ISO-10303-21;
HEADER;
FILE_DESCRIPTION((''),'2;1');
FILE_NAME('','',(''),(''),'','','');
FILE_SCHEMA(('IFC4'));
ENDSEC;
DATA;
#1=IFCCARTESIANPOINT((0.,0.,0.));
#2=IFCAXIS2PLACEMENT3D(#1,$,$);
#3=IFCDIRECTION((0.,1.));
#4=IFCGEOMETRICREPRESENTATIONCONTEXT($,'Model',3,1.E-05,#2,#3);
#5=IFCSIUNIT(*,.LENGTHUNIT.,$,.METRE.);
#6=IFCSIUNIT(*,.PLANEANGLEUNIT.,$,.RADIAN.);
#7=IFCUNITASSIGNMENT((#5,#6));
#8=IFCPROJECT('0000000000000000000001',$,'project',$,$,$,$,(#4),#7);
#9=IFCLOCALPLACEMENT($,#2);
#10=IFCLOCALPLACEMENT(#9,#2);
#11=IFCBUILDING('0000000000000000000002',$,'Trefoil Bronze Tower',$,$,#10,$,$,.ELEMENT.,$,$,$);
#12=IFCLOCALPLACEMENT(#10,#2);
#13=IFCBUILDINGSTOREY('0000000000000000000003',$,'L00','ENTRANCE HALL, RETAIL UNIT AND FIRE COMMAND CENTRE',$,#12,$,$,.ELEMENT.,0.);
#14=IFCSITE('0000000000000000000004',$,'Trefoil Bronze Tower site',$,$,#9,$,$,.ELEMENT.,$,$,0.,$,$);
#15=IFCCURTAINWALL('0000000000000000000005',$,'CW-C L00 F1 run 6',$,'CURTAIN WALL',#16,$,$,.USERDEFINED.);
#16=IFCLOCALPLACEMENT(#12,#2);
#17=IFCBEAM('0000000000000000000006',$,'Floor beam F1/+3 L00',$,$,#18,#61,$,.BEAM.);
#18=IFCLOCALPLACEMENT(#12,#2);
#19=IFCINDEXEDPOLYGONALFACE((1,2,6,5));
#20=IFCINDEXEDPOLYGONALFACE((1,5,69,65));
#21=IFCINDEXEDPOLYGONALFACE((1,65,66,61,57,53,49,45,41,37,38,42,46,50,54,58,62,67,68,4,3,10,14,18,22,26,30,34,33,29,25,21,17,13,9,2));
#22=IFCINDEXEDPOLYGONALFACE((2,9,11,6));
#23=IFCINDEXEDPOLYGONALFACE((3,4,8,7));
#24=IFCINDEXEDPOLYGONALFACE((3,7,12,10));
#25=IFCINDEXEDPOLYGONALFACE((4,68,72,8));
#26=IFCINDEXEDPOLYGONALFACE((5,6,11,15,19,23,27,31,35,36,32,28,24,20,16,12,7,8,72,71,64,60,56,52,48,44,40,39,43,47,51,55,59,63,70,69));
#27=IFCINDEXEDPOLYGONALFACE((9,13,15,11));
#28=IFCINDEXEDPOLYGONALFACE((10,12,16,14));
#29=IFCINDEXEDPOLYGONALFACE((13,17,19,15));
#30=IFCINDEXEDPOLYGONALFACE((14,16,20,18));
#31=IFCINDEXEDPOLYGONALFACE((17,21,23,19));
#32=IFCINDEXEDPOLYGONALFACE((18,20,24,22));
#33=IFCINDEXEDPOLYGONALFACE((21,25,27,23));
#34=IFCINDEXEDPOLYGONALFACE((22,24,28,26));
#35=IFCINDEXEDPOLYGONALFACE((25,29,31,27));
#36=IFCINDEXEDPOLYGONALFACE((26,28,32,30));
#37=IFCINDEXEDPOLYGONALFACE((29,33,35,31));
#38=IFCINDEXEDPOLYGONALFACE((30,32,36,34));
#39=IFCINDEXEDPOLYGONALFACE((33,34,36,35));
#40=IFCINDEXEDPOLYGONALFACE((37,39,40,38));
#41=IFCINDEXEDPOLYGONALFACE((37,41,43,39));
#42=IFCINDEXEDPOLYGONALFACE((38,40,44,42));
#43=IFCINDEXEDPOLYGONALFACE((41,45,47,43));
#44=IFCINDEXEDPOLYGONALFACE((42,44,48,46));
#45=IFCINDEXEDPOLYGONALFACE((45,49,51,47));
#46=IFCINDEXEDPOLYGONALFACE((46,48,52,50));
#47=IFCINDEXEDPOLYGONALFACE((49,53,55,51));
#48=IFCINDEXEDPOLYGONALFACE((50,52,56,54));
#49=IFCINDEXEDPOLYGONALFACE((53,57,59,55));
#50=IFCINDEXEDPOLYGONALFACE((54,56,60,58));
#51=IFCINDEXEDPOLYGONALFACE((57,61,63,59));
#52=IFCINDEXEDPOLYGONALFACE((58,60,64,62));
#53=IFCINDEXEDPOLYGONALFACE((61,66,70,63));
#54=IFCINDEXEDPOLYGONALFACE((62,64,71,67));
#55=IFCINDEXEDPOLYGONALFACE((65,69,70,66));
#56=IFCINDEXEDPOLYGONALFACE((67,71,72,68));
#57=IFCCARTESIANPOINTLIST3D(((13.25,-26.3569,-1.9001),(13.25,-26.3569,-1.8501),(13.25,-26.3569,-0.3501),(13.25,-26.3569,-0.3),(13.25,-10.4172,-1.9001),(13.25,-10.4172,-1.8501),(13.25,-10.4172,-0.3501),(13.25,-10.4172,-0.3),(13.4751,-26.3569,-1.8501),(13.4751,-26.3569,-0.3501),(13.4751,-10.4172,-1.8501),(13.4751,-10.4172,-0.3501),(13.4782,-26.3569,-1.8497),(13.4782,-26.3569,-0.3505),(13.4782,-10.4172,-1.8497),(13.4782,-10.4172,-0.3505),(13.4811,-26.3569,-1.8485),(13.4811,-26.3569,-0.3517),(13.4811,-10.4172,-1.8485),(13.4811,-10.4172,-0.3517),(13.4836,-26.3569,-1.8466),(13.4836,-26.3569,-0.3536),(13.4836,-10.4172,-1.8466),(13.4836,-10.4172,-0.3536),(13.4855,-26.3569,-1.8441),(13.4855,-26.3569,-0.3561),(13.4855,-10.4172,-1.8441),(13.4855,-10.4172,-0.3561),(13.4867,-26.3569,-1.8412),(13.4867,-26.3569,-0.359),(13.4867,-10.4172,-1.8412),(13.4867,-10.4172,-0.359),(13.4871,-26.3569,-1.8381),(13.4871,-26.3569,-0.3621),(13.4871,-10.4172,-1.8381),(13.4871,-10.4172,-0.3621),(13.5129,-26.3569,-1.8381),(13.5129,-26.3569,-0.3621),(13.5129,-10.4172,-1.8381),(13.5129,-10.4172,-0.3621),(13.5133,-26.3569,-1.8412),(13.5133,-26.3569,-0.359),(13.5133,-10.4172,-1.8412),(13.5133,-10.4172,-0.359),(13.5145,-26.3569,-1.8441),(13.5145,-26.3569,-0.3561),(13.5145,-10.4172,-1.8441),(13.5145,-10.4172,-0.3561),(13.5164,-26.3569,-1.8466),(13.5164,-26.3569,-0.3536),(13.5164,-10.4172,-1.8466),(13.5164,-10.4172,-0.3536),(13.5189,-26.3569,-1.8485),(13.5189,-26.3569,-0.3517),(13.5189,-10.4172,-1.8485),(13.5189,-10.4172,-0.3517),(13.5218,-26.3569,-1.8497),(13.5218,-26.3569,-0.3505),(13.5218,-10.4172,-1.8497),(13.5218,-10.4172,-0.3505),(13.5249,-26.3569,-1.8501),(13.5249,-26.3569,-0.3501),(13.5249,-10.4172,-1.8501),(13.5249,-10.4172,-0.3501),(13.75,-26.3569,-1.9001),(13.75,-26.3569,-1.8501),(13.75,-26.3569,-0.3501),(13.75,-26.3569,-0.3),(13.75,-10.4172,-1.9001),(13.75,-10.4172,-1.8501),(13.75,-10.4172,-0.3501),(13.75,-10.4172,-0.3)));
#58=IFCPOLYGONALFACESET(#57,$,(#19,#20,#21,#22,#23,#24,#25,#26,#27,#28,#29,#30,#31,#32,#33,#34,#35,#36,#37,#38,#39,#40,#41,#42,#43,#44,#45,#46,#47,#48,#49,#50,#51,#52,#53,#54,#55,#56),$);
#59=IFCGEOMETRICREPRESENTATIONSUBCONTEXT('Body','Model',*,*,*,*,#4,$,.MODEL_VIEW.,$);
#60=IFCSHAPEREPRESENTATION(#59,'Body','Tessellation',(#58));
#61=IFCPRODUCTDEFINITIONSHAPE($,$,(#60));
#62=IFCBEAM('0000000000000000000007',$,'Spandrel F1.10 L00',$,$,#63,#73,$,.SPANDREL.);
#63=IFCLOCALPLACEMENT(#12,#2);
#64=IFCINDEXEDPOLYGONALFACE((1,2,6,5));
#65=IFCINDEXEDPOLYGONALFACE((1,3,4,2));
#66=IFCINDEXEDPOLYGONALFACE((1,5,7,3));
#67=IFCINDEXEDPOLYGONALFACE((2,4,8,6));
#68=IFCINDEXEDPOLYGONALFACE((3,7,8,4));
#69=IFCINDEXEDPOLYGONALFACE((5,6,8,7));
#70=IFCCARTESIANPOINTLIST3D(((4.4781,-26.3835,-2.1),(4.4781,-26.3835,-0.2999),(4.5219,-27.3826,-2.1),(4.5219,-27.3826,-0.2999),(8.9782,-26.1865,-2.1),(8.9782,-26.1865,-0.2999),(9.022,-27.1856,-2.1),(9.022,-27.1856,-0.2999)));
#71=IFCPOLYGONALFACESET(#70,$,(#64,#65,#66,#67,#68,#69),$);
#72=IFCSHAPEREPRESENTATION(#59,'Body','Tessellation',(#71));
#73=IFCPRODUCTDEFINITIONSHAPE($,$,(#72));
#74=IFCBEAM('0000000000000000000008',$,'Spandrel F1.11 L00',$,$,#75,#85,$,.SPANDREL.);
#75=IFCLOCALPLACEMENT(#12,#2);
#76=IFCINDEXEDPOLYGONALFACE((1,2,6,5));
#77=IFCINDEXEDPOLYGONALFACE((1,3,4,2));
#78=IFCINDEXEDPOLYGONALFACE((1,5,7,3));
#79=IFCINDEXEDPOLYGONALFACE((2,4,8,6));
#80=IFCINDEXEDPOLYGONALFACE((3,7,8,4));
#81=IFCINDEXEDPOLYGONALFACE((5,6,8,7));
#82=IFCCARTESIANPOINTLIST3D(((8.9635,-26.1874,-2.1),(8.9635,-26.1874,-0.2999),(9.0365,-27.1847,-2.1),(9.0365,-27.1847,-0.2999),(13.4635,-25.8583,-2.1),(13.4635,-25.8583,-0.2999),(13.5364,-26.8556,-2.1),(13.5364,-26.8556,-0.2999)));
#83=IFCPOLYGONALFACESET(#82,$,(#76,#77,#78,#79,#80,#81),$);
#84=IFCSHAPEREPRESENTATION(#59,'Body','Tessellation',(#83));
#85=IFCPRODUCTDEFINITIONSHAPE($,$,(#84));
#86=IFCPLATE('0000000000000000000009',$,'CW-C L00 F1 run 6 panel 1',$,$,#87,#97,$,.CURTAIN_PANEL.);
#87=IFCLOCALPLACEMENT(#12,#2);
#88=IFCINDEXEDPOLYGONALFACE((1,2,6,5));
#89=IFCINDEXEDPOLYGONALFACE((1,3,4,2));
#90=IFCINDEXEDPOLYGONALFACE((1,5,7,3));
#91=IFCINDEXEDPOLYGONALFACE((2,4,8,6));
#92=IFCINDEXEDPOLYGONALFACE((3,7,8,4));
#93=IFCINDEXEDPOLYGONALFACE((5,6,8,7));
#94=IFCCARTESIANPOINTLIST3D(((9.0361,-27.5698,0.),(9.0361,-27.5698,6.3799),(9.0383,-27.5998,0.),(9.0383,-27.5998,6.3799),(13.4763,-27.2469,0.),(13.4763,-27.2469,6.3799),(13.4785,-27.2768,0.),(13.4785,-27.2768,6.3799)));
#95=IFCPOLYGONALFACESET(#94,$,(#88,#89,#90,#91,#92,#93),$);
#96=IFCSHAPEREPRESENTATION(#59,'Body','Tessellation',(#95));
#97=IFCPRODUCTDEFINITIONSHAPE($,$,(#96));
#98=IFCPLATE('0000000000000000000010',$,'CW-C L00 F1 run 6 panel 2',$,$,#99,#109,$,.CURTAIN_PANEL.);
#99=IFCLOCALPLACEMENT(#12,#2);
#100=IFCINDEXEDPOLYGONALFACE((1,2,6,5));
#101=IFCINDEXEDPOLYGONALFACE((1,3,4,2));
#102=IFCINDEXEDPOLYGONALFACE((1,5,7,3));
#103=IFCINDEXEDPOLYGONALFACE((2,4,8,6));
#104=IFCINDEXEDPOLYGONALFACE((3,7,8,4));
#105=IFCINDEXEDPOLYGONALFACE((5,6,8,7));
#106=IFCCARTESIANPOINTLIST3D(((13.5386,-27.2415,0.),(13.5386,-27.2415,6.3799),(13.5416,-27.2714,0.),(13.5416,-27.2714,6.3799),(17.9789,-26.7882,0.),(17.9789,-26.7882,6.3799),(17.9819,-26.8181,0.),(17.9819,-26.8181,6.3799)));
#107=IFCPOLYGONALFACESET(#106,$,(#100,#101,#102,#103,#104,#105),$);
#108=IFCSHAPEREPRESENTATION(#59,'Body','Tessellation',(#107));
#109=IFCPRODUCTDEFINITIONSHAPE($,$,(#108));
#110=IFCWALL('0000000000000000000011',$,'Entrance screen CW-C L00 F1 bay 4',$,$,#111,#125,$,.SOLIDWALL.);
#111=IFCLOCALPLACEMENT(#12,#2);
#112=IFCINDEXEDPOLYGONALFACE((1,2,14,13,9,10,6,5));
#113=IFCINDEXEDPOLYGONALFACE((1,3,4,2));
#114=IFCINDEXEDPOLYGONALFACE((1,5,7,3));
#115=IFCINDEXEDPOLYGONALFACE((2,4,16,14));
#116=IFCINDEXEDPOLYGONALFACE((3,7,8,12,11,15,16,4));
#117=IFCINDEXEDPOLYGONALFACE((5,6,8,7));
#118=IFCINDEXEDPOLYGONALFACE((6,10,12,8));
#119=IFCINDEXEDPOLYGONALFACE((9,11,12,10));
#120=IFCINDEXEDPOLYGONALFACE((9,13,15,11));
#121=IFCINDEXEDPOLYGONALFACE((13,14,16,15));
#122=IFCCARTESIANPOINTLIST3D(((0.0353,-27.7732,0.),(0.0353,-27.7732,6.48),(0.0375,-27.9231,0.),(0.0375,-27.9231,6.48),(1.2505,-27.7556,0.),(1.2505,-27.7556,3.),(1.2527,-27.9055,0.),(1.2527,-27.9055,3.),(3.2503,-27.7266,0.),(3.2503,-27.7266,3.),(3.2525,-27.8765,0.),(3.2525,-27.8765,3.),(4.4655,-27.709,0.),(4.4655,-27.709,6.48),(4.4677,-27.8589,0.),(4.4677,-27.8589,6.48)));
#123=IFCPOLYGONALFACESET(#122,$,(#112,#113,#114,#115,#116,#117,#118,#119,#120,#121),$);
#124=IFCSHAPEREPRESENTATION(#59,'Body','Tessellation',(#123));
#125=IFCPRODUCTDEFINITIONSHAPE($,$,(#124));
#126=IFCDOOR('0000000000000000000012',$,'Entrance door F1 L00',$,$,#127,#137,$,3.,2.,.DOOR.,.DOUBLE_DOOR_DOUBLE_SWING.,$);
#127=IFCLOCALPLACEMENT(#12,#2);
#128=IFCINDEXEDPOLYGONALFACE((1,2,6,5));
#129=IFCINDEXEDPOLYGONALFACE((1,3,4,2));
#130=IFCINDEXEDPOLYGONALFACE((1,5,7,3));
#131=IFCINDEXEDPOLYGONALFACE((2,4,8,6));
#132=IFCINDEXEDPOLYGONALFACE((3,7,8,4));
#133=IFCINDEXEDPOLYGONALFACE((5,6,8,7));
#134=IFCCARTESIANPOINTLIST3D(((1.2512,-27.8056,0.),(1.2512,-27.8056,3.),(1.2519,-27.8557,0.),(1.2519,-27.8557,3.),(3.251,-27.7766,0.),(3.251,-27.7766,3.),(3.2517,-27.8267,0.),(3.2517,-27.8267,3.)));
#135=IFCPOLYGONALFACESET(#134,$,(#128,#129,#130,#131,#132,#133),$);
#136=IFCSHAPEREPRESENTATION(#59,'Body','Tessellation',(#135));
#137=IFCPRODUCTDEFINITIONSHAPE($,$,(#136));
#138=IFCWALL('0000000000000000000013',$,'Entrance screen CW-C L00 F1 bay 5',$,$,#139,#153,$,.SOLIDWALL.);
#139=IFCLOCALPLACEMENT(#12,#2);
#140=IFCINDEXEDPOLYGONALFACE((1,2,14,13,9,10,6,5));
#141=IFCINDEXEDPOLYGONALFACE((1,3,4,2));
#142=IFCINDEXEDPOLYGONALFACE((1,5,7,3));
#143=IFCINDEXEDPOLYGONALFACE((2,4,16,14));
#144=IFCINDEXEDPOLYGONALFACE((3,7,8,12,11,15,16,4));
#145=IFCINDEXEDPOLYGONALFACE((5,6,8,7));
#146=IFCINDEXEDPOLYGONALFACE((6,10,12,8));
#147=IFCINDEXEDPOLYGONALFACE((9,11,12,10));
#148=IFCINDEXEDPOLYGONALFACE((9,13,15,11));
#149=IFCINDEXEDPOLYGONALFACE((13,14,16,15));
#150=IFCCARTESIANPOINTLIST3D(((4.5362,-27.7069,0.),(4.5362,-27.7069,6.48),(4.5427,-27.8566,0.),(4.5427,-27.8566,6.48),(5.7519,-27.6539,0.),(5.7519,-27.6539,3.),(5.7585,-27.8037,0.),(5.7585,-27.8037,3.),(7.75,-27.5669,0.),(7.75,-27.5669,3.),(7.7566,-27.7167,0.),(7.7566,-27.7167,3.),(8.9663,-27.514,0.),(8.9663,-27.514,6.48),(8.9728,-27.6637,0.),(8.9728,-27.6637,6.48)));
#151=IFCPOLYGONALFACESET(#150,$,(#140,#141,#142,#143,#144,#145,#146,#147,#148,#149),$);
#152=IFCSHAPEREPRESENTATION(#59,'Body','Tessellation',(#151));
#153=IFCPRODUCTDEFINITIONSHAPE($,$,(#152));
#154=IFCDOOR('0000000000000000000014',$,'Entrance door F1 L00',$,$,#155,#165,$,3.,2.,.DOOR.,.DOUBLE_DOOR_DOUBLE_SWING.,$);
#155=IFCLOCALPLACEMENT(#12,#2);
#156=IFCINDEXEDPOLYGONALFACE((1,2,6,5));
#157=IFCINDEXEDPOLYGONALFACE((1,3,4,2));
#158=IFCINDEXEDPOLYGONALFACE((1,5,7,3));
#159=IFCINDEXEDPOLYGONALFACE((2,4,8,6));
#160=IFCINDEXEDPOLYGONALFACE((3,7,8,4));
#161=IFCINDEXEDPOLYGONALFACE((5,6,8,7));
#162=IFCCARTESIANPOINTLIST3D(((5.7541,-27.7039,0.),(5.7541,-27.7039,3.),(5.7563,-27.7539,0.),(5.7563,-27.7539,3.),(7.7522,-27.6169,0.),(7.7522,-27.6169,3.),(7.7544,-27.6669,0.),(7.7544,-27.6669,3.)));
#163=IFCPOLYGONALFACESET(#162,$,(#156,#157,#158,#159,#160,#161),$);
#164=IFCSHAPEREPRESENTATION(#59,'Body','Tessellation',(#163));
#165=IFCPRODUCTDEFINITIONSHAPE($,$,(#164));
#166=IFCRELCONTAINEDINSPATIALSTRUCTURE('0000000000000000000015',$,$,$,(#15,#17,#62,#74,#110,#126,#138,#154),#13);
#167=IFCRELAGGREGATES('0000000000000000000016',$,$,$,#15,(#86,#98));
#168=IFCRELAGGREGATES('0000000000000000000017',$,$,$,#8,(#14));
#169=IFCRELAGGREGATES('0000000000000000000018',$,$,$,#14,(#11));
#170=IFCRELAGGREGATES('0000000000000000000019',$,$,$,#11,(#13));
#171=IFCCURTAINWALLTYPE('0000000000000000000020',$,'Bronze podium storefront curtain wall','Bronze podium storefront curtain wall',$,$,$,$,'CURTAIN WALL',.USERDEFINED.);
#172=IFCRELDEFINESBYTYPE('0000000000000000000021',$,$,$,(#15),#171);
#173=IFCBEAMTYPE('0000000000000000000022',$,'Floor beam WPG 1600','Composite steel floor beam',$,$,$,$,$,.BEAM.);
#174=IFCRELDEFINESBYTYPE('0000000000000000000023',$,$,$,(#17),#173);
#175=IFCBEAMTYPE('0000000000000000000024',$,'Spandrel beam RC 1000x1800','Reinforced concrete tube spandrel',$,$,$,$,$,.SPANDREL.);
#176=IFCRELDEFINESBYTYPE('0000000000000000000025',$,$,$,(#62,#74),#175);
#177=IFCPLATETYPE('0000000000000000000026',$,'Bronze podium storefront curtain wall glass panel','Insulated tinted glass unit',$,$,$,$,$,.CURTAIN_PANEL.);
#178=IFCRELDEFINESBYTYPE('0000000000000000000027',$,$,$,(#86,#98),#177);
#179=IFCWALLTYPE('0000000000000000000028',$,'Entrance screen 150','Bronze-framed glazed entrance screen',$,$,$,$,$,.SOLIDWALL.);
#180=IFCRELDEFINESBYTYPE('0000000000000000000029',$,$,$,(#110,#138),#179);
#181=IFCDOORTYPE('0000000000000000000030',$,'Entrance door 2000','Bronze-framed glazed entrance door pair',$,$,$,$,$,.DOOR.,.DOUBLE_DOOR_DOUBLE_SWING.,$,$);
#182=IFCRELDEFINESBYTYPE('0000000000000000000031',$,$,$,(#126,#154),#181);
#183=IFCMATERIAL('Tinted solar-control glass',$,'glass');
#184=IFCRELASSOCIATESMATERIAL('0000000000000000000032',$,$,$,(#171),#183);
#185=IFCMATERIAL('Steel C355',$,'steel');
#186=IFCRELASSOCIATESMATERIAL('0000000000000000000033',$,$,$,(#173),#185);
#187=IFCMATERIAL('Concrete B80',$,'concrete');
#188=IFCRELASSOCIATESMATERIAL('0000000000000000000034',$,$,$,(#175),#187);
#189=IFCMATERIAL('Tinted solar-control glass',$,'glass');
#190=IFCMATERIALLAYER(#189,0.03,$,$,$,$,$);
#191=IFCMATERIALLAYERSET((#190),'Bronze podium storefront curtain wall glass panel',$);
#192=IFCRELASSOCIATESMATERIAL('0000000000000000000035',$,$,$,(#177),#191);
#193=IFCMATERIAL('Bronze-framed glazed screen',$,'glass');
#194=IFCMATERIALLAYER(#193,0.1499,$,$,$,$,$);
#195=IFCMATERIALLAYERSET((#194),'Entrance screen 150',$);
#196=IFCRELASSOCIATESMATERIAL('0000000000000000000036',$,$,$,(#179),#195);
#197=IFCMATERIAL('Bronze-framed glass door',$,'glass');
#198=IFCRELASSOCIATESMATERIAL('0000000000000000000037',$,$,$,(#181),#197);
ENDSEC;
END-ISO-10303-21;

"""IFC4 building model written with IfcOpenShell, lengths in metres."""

from ifc_helpers import new_model, si_unit, direction, frame, frame_2d, origin, origin_2d, place, context, subcontext, project, spatial, rectangle, i_section, extrude, material, layer, layer_set, material_profile, profile_set, type_object, element, fill, aggregate, save


model = new_model("IFC4")

# Units and contexts
model_context = context("Model", 3, precision=1e-05, world=origin(), true_north=direction((0.0, 1.0)))
body_context = subcontext(model_context, "Body", "Model", "MODEL_VIEW")
ifc_project = project(units=[si_unit("LENGTHUNIT", "METRE"), si_unit("PLANEANGLEUNIT", "RADIAN")], contexts=[model_context])

# Site, building, storey
site_placement = place(None, origin())
site = spatial("IfcSite", under=ifc_project, at=site_placement, Name="Trefoil Bronze Tower site", CompositionType="ELEMENT", RefElevation=0.0)
building_placement = place(site_placement, origin())
building = spatial("IfcBuilding", under=site, at=building_placement, Name="Trefoil Bronze Tower", CompositionType="ELEMENT")
storey_placement = place(building_placement, origin())
storey = spatial("IfcBuildingStorey", under=building, at=storey_placement, Name="L00", Description="ENTRANCE HALL, RETAIL UNIT AND FIRE COMMAND CENTRE", CompositionType="ELEMENT", Elevation=0.0)

# Curtain wall
ifc_material_1 = material(Name="Tinted solar-control glass", Category="glass")
curtain_wall_type = type_object("IfcCurtainWallType", Name="Bronze podium storefront curtain wall", Description="Bronze podium storefront curtain wall", ElementType="CURTAIN WALL", PredefinedType="USERDEFINED", material=ifc_material_1)
curtain_wall_placement = place(storey_placement, origin())
curtain_wall = element("IfcCurtainWall", 1, at=curtain_wall_placement, inside=storey, type_object=curtain_wall_type, Name="CW-C L00 F1 run 6", ObjectType="CURTAIN WALL", PredefinedType="USERDEFINED")

# Beams
ifc_material_2 = material(Name="Steel C355", Category="steel")
ifc_material_profile_1 = material_profile(ifc_material_2, i_section(OverallWidth=0.5, OverallDepth=1.6001, WebThickness=0.0259, FlangeThickness=0.05, FilletRadius=0.012, at=origin_2d()), Name="WPG 1600")
ifc_profile_set_1 = profile_set([ifc_material_profile_1], Name="Steel C355")
beam_type_1 = type_object("IfcBeamType", Name="Floor beam WPG 1600", Description="Composite steel floor beam", PredefinedType="BEAM", material=ifc_profile_set_1)
beam_1_placement = place(storey_placement, frame((13.5, -26.3569, -1.1001), z_axis=(0.0, 1.0, 0.0), x_axis=(-1.0, 0.0, 0.0)))
element("IfcBeam", 2, at=beam_1_placement, inside=storey, type_object=beam_type_1, Name="Floor beam F1/+3 L00", PredefinedType="BEAM", context=body_context, shape_type="SweptSolid", body=[
    extrude(i_section(OverallWidth=0.5, OverallDepth=1.6001, WebThickness=0.0259, FlangeThickness=0.05, FilletRadius=0.012, at=origin_2d()), origin(), (0.0, 0.0, 1.0), 15.9397),
])
ifc_material_3 = material(Name="Concrete B80", Category="concrete")
ifc_material_profile_2 = material_profile(ifc_material_3, rectangle(XDim=1.0, YDim=1.8, at=origin_2d()), Name="RC 1000x1800")
ifc_profile_set_2 = profile_set([ifc_material_profile_2], Name="Concrete B80")
beam_type_2 = type_object("IfcBeamType", Name="Spandrel beam RC 1000x1800", Description="Reinforced concrete tube spandrel", PredefinedType="SPANDREL", material=ifc_profile_set_2)
beam_2_placement = place(storey_placement, frame((4.5, -26.8831, -1.2), z_axis=(0.999043, 0.043741, 0.0), x_axis=(-0.043741, 0.999043, 0.0)))
element("IfcBeam", 3, at=beam_2_placement, inside=storey, type_object=beam_type_2, Name="Spandrel F1.10 L00", PredefinedType="SPANDREL", context=body_context, shape_type="SweptSolid", body=[
    extrude(rectangle(XDim=1.0, YDim=1.8, at=origin_2d()), origin(), (0.0, 0.0, 1.0), 4.5044),
])
beam_3_placement = place(storey_placement, frame((9.0, -26.686, -1.2), z_axis=(0.997336, 0.072939, 0.0), x_axis=(-0.072939, 0.997336, 0.0)))
element("IfcBeam", 4, at=beam_3_placement, inside=storey, type_object=beam_type_2, Name="Spandrel F1.11 L00", PredefinedType="SPANDREL", context=body_context, shape_type="SweptSolid", body=[
    extrude(rectangle(XDim=1.0, YDim=1.8, at=origin_2d()), origin(), (0.0, 0.0, 1.0), 4.512),
])

# Plates
ifc_material_4 = material(Name="Tinted solar-control glass", Category="glass")
ifc_layer_1 = layer(ifc_material_4, 0.03)
ifc_layer_set_1 = layer_set([ifc_layer_1], Name="Bronze podium storefront curtain wall glass panel")
plate_type = type_object("IfcPlateType", Name="Bronze podium storefront curtain wall glass panel", Description="Insulated tinted glass unit", PredefinedType="CURTAIN_PANEL", material=ifc_layer_set_1)
plate_1_placement = place(storey_placement, frame((11.2573, -27.4233, 0.0), z_axis=(0.0, 0.0, 1.0), x_axis=(0.997365, 0.072547, 0.0)))
plate_1 = element("IfcPlate", 5, at=plate_1_placement, type_object=plate_type, Name="CW-C L00 F1 run 6 panel 1", PredefinedType="CURTAIN_PANEL", context=body_context, shape_type="SweptSolid", body=[
    extrude(rectangle(XDim=4.4519, YDim=0.03, at=origin_2d()), origin(), (0.0, 0.0, 1.0), 6.3799),
])
plate_2_placement = place(storey_placement, frame((15.7603, -27.0298, 0.0), z_axis=(0.0, 0.0, 1.0), x_axis=(0.994829, 0.101565, 0.0)))
plate_2 = element("IfcPlate", 6, at=plate_2_placement, type_object=plate_type, Name="CW-C L00 F1 run 6 panel 2", PredefinedType="CURTAIN_PANEL", context=body_context, shape_type="SweptSolid", body=[
    extrude(rectangle(XDim=4.4634, YDim=0.03, at=origin_2d()), origin(), (0.0, 0.0, 1.0), 6.3799),
])
aggregate(curtain_wall, [plate_1, plate_2])

# Walls, openings, doors
ifc_material_5 = material(Name="Bronze-framed glazed screen", Category="glass")
ifc_layer_2 = layer(ifc_material_5, 0.1499)
ifc_layer_set_2 = layer_set([ifc_layer_2], Name="Entrance screen 150")
wall_type = type_object("IfcWallType", Name="Entrance screen 150", Description="Bronze-framed glazed entrance screen", PredefinedType="SOLIDWALL", material=ifc_layer_set_2)
wall_1_placement = place(storey_placement, frame((0.0364, -27.8481, 0.0), z_axis=(0.0, 0.0, 1.0), x_axis=(0.999895, 0.014492, 0.0)))
wall_1 = element("IfcWall", 7, at=wall_1_placement, inside=storey, type_object=wall_type, Name="Entrance screen CW-C L00 F1 bay 4", PredefinedType="SOLIDWALL", context=body_context, shape_type="SweptSolid", body=[
    extrude(rectangle(XDim=4.4307, YDim=0.1499, at=frame_2d((2.2153, 0.0))), origin(), (0.0, 0.0, 1.0), 6.48),
])
opening_1_placement = place(wall_1_placement, frame((1.2153, 0.0, 0.0)))
opening_1 = element("IfcOpeningElement", 8, at=opening_1_placement, cuts=wall_1, PredefinedType="OPENING", context=body_context, shape_type="SweptSolid", body=[
    extrude(rectangle(XDim=2.0, YDim=3.0, at=frame_2d((1.0, 1.5))), frame((0.0, 0.085, 0.0), z_axis=(0.0, -1.0, 0.0), x_axis=(1.0, 0.0, 0.0)), (0.0, 0.0, 1.0), 0.1699),
])
ifc_material_6 = material(Name="Bronze-framed glass door", Category="glass")
door_type = type_object("IfcDoorType", Name="Entrance door 2000", Description="Bronze-framed glazed entrance door pair", OperationType="DOUBLE_DOOR_DOUBLE_SWING", PredefinedType="DOOR", material=ifc_material_6)
door_1_placement = place(opening_1_placement, origin())
door_1 = element("IfcDoor", 9, at=door_1_placement, inside=storey, type_object=door_type, Name="Entrance door F1 L00", OperationType="DOUBLE_DOOR_DOUBLE_SWING", OverallHeight=3.0, OverallWidth=2.0, PredefinedType="DOOR", context=body_context, shape_type="SweptSolid", body=[
    extrude(rectangle(XDim=2.0, YDim=3.0, at=frame_2d((1.0, 1.5))), frame((0.0, 0.0249, 0.0), z_axis=(0.0, -1.0, 0.0), x_axis=(1.0, 0.0, 0.0)), (0.0, 0.0, 1.0), 0.05),
])
fill(opening_1, door_1)
wall_2_placement = place(storey_placement, frame((4.5393, -27.7817, 0.0), z_axis=(0.0, 0.0, 1.0), x_axis=(0.999054, 0.043495, 0.0)))
wall_2 = element("IfcWall", 10, at=wall_2_placement, inside=storey, type_object=wall_type, Name="Entrance screen CW-C L00 F1 bay 5", PredefinedType="SOLIDWALL", context=body_context, shape_type="SweptSolid", body=[
    extrude(rectangle(XDim=4.4343, YDim=0.1499, at=frame_2d((2.2173, 0.0))), origin(), (0.0, 0.0, 1.0), 6.48),
])
opening_2_placement = place(wall_2_placement, frame((1.217, 0.0, 0.0)))
opening_2 = element("IfcOpeningElement", 11, at=opening_2_placement, cuts=wall_2, PredefinedType="OPENING", context=body_context, shape_type="SweptSolid", body=[
    extrude(rectangle(XDim=2.0, YDim=3.0, at=frame_2d((1.0, 1.5))), frame((0.0, 0.085, 0.0), z_axis=(0.0, -1.0, 0.0), x_axis=(1.0, 0.0, 0.0)), (0.0, 0.0, 1.0), 0.1699),
])
door_2_placement = place(opening_2_placement, origin())
door_2 = element("IfcDoor", 12, at=door_2_placement, inside=storey, type_object=door_type, Name="Entrance door F1 L00", OperationType="DOUBLE_DOOR_DOUBLE_SWING", OverallHeight=3.0, OverallWidth=2.0, PredefinedType="DOOR", context=body_context, shape_type="SweptSolid", body=[
    extrude(rectangle(XDim=2.0, YDim=3.0, at=frame_2d((1.0, 1.5))), frame((0.0, 0.0249, 0.0), z_axis=(0.0, -1.0, 0.0), x_axis=(1.0, 0.0, 0.0)), (0.0, 0.0, 1.0), 0.05),
])
fill(opening_2, door_2)

save(model, "model.ifc")
